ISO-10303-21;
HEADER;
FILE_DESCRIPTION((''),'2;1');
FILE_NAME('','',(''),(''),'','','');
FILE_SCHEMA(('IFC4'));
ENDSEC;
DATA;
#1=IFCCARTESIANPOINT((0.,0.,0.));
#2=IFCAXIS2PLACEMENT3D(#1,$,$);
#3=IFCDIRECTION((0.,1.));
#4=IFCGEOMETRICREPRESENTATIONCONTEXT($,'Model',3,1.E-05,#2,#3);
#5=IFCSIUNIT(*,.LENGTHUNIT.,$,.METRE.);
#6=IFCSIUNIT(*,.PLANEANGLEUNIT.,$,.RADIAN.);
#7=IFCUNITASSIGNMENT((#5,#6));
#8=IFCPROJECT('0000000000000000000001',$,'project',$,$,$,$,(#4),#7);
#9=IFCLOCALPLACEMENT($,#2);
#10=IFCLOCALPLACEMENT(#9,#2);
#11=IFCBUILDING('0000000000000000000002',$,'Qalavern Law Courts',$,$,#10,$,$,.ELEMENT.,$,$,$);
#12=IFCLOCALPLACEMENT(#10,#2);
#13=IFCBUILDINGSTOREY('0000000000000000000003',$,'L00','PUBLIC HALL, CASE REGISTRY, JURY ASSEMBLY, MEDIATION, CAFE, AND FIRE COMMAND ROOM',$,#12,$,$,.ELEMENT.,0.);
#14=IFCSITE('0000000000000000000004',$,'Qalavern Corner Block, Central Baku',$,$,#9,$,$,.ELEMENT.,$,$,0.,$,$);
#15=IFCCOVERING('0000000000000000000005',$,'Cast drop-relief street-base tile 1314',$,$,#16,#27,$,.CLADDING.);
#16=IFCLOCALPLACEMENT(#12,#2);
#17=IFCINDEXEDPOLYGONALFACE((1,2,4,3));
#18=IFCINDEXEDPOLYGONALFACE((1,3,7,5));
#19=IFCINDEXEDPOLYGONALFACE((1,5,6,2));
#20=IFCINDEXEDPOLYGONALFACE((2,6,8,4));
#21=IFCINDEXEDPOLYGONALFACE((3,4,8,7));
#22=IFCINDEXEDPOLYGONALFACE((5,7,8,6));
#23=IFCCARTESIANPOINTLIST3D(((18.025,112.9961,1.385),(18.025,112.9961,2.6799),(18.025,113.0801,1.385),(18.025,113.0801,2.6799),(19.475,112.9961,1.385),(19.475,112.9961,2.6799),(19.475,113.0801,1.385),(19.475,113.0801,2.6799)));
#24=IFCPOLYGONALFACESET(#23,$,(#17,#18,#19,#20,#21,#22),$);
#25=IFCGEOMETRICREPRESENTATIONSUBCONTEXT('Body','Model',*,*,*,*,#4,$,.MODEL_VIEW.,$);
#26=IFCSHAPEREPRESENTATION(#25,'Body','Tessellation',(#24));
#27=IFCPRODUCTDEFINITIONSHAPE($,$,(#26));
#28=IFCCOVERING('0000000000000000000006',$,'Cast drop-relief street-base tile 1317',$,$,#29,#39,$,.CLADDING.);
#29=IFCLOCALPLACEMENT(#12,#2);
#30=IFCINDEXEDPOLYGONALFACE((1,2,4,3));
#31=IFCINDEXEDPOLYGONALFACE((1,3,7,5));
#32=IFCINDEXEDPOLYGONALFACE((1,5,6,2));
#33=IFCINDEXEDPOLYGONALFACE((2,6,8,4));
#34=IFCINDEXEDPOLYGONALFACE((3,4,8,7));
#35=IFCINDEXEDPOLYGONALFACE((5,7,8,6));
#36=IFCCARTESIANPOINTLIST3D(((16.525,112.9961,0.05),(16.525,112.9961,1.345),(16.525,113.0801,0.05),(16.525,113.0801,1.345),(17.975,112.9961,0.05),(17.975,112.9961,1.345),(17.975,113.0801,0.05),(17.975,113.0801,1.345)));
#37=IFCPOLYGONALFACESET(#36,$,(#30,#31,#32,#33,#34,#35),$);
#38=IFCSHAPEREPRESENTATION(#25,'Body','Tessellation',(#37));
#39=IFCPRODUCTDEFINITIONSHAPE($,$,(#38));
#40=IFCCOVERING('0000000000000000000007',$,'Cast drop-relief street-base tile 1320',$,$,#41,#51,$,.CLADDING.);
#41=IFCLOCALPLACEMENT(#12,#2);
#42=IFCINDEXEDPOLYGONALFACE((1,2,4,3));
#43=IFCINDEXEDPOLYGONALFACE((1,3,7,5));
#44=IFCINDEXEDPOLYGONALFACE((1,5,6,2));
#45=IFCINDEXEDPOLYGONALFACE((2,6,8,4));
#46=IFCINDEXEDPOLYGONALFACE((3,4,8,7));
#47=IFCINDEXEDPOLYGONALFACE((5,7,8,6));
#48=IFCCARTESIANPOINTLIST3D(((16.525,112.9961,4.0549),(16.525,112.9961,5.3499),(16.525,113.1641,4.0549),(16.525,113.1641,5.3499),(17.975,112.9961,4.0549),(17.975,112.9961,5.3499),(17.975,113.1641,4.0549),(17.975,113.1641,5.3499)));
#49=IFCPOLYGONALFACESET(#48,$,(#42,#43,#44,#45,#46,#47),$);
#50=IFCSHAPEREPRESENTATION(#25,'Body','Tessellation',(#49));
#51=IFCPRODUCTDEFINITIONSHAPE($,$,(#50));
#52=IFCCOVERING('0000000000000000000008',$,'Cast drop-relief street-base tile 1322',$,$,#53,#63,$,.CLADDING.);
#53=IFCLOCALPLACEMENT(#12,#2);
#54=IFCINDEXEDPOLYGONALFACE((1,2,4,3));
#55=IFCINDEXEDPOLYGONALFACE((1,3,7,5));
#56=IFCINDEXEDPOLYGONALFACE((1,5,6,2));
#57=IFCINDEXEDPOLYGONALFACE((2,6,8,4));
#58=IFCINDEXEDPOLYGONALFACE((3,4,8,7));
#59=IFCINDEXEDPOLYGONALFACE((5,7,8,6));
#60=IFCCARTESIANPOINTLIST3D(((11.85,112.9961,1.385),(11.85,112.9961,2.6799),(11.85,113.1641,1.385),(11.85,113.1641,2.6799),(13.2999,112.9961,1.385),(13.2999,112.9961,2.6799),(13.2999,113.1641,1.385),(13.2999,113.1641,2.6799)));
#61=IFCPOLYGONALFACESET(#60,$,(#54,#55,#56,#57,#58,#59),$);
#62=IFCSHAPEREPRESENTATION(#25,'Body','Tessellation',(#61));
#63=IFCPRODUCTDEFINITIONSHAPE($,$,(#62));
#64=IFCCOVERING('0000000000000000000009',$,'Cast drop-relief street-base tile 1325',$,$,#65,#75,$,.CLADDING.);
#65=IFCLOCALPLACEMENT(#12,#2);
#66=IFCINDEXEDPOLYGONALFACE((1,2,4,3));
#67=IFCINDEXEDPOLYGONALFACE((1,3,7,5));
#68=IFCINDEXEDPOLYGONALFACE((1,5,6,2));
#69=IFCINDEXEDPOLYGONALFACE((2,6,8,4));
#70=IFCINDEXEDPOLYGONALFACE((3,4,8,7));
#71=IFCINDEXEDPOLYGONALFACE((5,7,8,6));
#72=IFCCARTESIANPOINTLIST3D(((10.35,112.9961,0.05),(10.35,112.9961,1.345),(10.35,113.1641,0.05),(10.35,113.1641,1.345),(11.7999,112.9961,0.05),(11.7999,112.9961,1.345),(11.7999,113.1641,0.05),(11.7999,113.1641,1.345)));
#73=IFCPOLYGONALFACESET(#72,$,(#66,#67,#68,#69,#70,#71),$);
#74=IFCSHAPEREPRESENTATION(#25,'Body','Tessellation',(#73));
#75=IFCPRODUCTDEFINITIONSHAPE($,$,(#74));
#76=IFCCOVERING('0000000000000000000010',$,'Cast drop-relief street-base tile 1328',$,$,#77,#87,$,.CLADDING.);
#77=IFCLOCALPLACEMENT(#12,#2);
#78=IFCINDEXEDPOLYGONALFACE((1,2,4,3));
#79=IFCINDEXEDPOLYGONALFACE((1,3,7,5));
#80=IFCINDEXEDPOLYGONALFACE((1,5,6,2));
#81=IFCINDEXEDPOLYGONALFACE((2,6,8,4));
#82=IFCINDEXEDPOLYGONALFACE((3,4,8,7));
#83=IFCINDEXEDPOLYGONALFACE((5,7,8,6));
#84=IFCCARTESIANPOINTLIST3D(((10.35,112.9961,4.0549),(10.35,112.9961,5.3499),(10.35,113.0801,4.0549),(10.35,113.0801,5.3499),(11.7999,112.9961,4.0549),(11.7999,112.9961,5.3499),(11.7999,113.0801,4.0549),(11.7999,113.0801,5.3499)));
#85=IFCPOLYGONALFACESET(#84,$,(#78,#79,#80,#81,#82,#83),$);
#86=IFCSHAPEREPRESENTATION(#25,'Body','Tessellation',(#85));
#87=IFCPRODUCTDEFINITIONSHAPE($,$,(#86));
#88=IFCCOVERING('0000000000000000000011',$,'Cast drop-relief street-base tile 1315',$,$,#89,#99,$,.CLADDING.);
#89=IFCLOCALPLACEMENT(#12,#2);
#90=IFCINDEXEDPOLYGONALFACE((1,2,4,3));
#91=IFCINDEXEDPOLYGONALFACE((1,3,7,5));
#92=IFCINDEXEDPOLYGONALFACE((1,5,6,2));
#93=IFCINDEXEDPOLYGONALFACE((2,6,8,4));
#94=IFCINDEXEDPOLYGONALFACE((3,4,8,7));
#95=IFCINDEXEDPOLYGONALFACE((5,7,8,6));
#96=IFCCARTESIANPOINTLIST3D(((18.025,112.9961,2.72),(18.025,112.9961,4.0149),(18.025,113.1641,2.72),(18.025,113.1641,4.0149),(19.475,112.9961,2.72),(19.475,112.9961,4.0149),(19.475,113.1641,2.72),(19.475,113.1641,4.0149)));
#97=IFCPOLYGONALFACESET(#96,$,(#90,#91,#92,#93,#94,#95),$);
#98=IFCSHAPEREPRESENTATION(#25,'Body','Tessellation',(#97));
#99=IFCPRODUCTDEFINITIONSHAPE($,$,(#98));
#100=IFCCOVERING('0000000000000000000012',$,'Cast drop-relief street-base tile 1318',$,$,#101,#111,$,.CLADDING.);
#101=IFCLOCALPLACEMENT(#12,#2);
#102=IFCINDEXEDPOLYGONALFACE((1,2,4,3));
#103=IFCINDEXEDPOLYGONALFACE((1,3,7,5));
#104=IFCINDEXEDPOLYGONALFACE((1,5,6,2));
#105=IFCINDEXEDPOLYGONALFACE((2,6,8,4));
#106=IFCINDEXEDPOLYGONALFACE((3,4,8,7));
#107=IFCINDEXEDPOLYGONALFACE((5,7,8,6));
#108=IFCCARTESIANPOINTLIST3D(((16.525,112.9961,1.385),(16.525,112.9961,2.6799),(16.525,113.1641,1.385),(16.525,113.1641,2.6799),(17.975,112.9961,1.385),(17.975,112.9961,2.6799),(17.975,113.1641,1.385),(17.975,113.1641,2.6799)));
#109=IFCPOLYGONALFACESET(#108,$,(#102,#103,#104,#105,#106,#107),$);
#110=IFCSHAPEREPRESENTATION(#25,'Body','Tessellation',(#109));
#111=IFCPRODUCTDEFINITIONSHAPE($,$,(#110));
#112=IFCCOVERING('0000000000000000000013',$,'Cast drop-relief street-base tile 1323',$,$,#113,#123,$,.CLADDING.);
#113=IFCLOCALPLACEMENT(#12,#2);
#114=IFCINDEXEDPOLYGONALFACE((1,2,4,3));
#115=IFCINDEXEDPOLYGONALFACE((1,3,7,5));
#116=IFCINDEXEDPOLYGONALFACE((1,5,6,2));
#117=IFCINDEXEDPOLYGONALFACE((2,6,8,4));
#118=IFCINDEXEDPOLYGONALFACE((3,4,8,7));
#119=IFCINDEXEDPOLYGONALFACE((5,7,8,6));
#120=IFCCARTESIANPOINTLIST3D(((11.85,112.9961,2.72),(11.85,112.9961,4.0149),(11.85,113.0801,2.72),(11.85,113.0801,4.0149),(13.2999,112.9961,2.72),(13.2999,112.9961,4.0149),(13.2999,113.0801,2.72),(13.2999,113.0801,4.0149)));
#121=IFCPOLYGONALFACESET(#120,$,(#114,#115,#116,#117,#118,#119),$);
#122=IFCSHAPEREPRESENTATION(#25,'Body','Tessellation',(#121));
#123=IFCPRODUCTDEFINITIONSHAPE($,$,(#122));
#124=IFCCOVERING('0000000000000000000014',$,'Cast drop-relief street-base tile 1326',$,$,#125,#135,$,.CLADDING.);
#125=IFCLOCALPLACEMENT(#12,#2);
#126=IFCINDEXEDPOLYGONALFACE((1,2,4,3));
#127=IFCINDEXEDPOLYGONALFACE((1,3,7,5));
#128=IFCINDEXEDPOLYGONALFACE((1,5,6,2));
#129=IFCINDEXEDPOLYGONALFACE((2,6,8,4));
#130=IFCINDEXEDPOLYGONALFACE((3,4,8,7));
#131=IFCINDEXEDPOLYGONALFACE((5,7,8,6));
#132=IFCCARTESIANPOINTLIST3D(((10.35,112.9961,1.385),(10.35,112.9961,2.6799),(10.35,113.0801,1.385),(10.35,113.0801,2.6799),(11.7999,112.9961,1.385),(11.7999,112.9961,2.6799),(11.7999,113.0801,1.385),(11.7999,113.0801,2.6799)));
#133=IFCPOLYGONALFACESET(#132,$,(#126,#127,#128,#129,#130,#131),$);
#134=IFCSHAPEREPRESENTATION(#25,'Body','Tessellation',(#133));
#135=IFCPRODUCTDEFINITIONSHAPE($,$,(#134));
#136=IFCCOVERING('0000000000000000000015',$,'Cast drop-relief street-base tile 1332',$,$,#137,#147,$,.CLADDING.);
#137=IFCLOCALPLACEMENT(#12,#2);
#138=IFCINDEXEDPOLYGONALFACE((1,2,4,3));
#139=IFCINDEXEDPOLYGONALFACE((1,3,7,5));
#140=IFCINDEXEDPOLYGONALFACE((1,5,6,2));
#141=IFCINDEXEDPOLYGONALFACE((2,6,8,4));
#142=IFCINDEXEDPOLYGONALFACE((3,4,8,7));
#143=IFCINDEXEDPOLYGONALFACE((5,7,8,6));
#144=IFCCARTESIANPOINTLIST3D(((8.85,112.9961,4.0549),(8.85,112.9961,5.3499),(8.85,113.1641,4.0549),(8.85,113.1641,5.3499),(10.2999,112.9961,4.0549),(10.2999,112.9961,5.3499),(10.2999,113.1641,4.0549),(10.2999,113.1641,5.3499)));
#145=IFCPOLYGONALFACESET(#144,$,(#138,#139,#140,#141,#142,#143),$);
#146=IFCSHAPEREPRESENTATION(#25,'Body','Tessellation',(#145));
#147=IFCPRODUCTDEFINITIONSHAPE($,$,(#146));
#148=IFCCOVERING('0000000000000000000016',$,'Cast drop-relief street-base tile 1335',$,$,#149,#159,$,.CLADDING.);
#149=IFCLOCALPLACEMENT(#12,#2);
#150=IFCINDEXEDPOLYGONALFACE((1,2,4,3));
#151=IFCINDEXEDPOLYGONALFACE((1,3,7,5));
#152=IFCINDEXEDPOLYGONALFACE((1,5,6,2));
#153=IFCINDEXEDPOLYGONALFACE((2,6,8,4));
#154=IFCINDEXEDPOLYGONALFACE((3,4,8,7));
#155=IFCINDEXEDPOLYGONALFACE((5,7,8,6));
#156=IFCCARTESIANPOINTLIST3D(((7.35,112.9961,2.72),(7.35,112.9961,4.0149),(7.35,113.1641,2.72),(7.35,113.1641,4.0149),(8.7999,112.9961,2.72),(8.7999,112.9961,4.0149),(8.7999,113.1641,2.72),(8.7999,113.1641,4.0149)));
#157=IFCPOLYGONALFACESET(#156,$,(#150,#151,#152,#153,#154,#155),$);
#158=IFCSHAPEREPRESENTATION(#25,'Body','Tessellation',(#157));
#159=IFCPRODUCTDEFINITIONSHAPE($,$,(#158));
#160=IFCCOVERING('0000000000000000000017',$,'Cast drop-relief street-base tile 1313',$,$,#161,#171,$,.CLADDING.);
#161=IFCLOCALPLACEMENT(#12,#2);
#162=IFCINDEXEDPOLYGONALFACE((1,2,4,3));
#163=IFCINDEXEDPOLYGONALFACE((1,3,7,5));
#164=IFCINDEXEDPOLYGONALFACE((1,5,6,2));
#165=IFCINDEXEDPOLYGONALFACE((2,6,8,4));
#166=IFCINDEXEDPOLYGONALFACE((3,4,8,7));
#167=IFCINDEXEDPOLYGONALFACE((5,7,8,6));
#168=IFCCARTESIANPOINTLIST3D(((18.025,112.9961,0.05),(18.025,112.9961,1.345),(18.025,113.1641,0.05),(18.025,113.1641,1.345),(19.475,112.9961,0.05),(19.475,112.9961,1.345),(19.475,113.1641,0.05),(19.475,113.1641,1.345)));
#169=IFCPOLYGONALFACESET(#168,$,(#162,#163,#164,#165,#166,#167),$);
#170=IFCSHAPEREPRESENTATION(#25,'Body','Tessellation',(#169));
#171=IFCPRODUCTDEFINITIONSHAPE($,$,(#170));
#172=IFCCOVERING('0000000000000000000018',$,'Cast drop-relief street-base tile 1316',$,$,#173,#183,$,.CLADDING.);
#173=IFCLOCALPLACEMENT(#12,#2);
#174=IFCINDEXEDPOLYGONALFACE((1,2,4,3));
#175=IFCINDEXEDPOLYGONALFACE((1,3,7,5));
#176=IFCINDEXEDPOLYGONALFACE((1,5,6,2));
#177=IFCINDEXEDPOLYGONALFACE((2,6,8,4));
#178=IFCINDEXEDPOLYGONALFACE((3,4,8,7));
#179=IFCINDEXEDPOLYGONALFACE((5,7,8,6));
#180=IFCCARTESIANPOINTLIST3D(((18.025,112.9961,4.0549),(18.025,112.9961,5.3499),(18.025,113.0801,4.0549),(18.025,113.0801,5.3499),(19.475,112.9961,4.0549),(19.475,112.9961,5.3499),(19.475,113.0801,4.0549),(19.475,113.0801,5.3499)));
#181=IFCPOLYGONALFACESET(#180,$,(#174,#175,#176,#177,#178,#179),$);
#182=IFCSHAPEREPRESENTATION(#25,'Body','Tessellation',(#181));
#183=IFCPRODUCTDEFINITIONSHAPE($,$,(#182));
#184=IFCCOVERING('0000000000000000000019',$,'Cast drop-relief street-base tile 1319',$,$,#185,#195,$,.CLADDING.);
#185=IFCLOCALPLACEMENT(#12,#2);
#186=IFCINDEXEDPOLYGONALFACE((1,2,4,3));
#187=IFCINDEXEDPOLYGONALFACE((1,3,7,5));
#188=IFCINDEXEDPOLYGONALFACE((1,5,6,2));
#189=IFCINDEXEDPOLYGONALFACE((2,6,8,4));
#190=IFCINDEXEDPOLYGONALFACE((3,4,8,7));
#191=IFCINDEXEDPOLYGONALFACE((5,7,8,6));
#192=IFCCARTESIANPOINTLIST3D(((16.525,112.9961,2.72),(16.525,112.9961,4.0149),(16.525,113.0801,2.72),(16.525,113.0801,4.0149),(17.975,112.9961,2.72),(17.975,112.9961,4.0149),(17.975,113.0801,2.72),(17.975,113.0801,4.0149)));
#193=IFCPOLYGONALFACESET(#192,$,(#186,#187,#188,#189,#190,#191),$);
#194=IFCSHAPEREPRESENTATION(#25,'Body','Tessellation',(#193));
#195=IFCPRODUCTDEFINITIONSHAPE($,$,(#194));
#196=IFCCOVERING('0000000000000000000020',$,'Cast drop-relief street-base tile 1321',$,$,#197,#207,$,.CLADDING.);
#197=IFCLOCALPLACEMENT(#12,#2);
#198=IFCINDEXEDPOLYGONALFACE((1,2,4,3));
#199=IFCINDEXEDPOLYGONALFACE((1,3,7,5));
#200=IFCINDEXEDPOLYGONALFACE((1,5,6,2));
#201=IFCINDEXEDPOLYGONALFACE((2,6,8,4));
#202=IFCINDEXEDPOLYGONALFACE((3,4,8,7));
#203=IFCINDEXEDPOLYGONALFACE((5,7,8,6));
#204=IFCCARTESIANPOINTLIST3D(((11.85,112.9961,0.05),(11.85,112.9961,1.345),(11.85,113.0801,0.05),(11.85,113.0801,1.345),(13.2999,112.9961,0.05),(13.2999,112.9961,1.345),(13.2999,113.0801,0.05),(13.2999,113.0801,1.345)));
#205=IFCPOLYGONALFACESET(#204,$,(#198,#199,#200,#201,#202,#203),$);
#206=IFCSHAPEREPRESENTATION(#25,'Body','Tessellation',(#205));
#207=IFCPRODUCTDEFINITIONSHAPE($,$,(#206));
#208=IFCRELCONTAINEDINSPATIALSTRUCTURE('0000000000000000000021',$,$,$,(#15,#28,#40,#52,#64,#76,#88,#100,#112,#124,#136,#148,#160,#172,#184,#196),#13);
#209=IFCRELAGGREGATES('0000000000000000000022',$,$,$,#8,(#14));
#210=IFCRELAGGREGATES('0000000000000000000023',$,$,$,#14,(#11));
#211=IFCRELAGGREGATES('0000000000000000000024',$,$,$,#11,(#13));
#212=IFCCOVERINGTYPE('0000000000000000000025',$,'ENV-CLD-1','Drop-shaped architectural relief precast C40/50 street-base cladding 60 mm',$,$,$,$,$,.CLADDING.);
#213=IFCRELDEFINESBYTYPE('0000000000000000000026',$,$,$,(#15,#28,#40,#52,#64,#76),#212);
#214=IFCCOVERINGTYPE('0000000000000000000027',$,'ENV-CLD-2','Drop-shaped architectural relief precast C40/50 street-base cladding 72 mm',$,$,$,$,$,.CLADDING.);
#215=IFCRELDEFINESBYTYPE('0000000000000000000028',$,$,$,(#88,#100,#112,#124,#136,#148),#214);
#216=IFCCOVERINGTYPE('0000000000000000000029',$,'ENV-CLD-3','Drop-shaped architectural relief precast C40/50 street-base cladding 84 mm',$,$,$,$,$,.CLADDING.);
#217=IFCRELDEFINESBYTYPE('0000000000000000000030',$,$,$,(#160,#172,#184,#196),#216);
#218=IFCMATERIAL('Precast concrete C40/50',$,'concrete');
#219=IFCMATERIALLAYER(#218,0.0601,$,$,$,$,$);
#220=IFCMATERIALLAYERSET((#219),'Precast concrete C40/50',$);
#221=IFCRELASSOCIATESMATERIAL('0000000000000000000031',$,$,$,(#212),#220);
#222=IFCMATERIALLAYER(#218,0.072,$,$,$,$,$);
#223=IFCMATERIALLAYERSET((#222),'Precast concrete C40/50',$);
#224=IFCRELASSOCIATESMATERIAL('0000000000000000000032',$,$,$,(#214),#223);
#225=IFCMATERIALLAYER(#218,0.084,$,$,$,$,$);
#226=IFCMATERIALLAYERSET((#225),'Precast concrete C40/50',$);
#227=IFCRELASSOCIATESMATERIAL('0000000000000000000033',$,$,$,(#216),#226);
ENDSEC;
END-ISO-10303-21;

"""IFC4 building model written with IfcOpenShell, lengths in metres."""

from ifc_helpers import new_model, si_unit, direction, frame, origin, origin_2d, place, context, subcontext, project, spatial, rectangle, extrude, material, layer, layer_set, type_object, element, save


model = new_model("IFC4")

# Units and contexts
model_context = context("Model", 3, precision=1e-05, world=origin(), true_north=direction((0.0, 1.0)))
body_context = subcontext(model_context, "Body", "Model", "MODEL_VIEW")
ifc_project = project(units=[si_unit("LENGTHUNIT", "METRE"), si_unit("PLANEANGLEUNIT", "RADIAN")], contexts=[model_context])

# Site, building, storey
site_placement = place(None, origin())
site = spatial("IfcSite", under=ifc_project, at=site_placement, Name="Qalavern Corner Block, Central Baku", CompositionType="ELEMENT", RefElevation=0.0)
building_placement = place(site_placement, origin())
building = spatial("IfcBuilding", under=site, at=building_placement, Name="Qalavern Law Courts", CompositionType="ELEMENT")
storey_placement = place(building_placement, origin())
storey = spatial("IfcBuildingStorey", under=building, at=storey_placement, Name="L00", Description="PUBLIC HALL, CASE REGISTRY, JURY ASSEMBLY, MEDIATION, CAFE, AND FIRE COMMAND ROOM", CompositionType="ELEMENT", Elevation=0.0)

# Coverings
ifc_material = material(Name="Precast concrete C40/50", Category="concrete")
ifc_layer_1 = layer(ifc_material, 0.0601)
ifc_layer_set_1 = layer_set([ifc_layer_1], Name="Precast concrete C40/50")
covering_type_1 = type_object("IfcCoveringType", Name="ENV-CLD-1", Description="Drop-shaped architectural relief precast C40/50 street-base cladding 60 mm", PredefinedType="CLADDING", material=ifc_layer_set_1)
for number, where, z_axis, x_axis, name in (
    (1, (18.75, 113.0381, 1.385), (0.0, 0.0, 1.0), (-1.0, 0.0, 0.0), "Cast drop-relief street-base tile 1314"),
    (2, (17.25, 113.0381, 0.05), (0.0, 0.0, 1.0), (-1.0, 0.0, 0.0), "Cast drop-relief street-base tile 1317"),
):
    element("IfcCovering", number, at=place(storey_placement, frame(where, z_axis=z_axis, x_axis=x_axis)), inside=storey, type_object=covering_type_1, Name=name, PredefinedType="CLADDING", context=body_context, shape_type="SweptSolid", body=[
        extrude(rectangle(XDim=1.45, YDim=0.084, at=origin_2d()), origin(), (0.0, 0.0, 1.0), 1.2949),
    ])
for number, where, z_axis, x_axis, name in (
    (3, (17.25, 113.0801, 4.0549), (0.0, 0.0, 1.0), (-1.0, 0.0, 0.0), "Cast drop-relief street-base tile 1320"),
    (4, (12.575, 113.0801, 1.385), (0.0, 0.0, 1.0), (-1.0, 0.0, 0.0), "Cast drop-relief street-base tile 1322"),
    (5, (11.075, 113.0801, 0.05), (0.0, 0.0, 1.0), (-1.0, 0.0, 0.0), "Cast drop-relief street-base tile 1325"),
):
    element("IfcCovering", number, at=place(storey_placement, frame(where, z_axis=z_axis, x_axis=x_axis)), inside=storey, type_object=covering_type_1, Name=name, PredefinedType="CLADDING", context=body_context, shape_type="SweptSolid", body=[
        extrude(rectangle(XDim=1.45, YDim=0.168, at=origin_2d()), origin(), (0.0, 0.0, 1.0), 1.2949),
    ])
covering_1_placement = place(storey_placement, frame((11.075, 113.0381, 4.0549), z_axis=(0.0, 0.0, 1.0), x_axis=(-1.0, 0.0, 0.0)))
element("IfcCovering", 6, at=covering_1_placement, inside=storey, type_object=covering_type_1, Name="Cast drop-relief street-base tile 1328", PredefinedType="CLADDING", context=body_context, shape_type="SweptSolid", body=[
    extrude(rectangle(XDim=1.45, YDim=0.084, at=origin_2d()), origin(), (0.0, 0.0, 1.0), 1.2949),
])
ifc_layer_2 = layer(ifc_material, 0.072)
ifc_layer_set_2 = layer_set([ifc_layer_2], Name="Precast concrete C40/50")
covering_type_2 = type_object("IfcCoveringType", Name="ENV-CLD-2", Description="Drop-shaped architectural relief precast C40/50 street-base cladding 72 mm", PredefinedType="CLADDING", material=ifc_layer_set_2)
for number, where, z_axis, x_axis, name in (
    (7, (18.75, 113.0801, 2.72), (0.0, 0.0, 1.0), (-1.0, 0.0, 0.0), "Cast drop-relief street-base tile 1315"),
    (8, (17.25, 113.0801, 1.385), (0.0, 0.0, 1.0), (-1.0, 0.0, 0.0), "Cast drop-relief street-base tile 1318"),
):
    element("IfcCovering", number, at=place(storey_placement, frame(where, z_axis=z_axis, x_axis=x_axis)), inside=storey, type_object=covering_type_2, Name=name, PredefinedType="CLADDING", context=body_context, shape_type="SweptSolid", body=[
        extrude(rectangle(XDim=1.45, YDim=0.168, at=origin_2d()), origin(), (0.0, 0.0, 1.0), 1.2949),
    ])
for number, where, z_axis, x_axis, name in (
    (9, (12.575, 113.0381, 2.72), (0.0, 0.0, 1.0), (-1.0, 0.0, 0.0), "Cast drop-relief street-base tile 1323"),
    (10, (11.075, 113.0381, 1.385), (0.0, 0.0, 1.0), (-1.0, 0.0, 0.0), "Cast drop-relief street-base tile 1326"),
):
    element("IfcCovering", number, at=place(storey_placement, frame(where, z_axis=z_axis, x_axis=x_axis)), inside=storey, type_object=covering_type_2, Name=name, PredefinedType="CLADDING", context=body_context, shape_type="SweptSolid", body=[
        extrude(rectangle(XDim=1.45, YDim=0.084, at=origin_2d()), origin(), (0.0, 0.0, 1.0), 1.2949),
    ])
for number, where, z_axis, x_axis, name in (
    (11, (9.575, 113.0801, 4.0549), (0.0, 0.0, 1.0), (-1.0, 0.0, 0.0), "Cast drop-relief street-base tile 1332"),
    (12, (8.075, 113.0801, 2.72), (0.0, 0.0, 1.0), (-1.0, 0.0, 0.0), "Cast drop-relief street-base tile 1335"),
):
    element("IfcCovering", number, at=place(storey_placement, frame(where, z_axis=z_axis, x_axis=x_axis)), inside=storey, type_object=covering_type_2, Name=name, PredefinedType="CLADDING", context=body_context, shape_type="SweptSolid", body=[
        extrude(rectangle(XDim=1.45, YDim=0.168, at=origin_2d()), origin(), (0.0, 0.0, 1.0), 1.2949),
    ])
ifc_layer_3 = layer(ifc_material, 0.084)
ifc_layer_set_3 = layer_set([ifc_layer_3], Name="Precast concrete C40/50")
covering_type_3 = type_object("IfcCoveringType", Name="ENV-CLD-3", Description="Drop-shaped architectural relief precast C40/50 street-base cladding 84 mm", PredefinedType="CLADDING", material=ifc_layer_set_3)
covering_2_placement = place(storey_placement, frame((18.75, 113.0801, 0.05), z_axis=(0.0, 0.0, 1.0), x_axis=(-1.0, 0.0, 0.0)))
element("IfcCovering", 13, at=covering_2_placement, inside=storey, type_object=covering_type_3, Name="Cast drop-relief street-base tile 1313", PredefinedType="CLADDING", context=body_context, shape_type="SweptSolid", body=[
    extrude(rectangle(XDim=1.45, YDim=0.168, at=origin_2d()), origin(), (0.0, 0.0, 1.0), 1.2949),
])
for number, where, z_axis, x_axis, name in (
    (14, (18.75, 113.0381, 4.0549), (0.0, 0.0, 1.0), (-1.0, 0.0, 0.0), "Cast drop-relief street-base tile 1316"),
    (15, (17.25, 113.0381, 2.72), (0.0, 0.0, 1.0), (-1.0, 0.0, 0.0), "Cast drop-relief street-base tile 1319"),
    (16, (12.575, 113.0381, 0.05), (0.0, 0.0, 1.0), (-1.0, 0.0, 0.0), "Cast drop-relief street-base tile 1321"),
):
    element("IfcCovering", number, at=place(storey_placement, frame(where, z_axis=z_axis, x_axis=x_axis)), inside=storey, type_object=covering_type_3, Name=name, PredefinedType="CLADDING", context=body_context, shape_type="SweptSolid", body=[
        extrude(rectangle(XDim=1.45, YDim=0.084, at=origin_2d()), origin(), (0.0, 0.0, 1.0), 1.2949),
    ])

save(model, "model.ifc")
